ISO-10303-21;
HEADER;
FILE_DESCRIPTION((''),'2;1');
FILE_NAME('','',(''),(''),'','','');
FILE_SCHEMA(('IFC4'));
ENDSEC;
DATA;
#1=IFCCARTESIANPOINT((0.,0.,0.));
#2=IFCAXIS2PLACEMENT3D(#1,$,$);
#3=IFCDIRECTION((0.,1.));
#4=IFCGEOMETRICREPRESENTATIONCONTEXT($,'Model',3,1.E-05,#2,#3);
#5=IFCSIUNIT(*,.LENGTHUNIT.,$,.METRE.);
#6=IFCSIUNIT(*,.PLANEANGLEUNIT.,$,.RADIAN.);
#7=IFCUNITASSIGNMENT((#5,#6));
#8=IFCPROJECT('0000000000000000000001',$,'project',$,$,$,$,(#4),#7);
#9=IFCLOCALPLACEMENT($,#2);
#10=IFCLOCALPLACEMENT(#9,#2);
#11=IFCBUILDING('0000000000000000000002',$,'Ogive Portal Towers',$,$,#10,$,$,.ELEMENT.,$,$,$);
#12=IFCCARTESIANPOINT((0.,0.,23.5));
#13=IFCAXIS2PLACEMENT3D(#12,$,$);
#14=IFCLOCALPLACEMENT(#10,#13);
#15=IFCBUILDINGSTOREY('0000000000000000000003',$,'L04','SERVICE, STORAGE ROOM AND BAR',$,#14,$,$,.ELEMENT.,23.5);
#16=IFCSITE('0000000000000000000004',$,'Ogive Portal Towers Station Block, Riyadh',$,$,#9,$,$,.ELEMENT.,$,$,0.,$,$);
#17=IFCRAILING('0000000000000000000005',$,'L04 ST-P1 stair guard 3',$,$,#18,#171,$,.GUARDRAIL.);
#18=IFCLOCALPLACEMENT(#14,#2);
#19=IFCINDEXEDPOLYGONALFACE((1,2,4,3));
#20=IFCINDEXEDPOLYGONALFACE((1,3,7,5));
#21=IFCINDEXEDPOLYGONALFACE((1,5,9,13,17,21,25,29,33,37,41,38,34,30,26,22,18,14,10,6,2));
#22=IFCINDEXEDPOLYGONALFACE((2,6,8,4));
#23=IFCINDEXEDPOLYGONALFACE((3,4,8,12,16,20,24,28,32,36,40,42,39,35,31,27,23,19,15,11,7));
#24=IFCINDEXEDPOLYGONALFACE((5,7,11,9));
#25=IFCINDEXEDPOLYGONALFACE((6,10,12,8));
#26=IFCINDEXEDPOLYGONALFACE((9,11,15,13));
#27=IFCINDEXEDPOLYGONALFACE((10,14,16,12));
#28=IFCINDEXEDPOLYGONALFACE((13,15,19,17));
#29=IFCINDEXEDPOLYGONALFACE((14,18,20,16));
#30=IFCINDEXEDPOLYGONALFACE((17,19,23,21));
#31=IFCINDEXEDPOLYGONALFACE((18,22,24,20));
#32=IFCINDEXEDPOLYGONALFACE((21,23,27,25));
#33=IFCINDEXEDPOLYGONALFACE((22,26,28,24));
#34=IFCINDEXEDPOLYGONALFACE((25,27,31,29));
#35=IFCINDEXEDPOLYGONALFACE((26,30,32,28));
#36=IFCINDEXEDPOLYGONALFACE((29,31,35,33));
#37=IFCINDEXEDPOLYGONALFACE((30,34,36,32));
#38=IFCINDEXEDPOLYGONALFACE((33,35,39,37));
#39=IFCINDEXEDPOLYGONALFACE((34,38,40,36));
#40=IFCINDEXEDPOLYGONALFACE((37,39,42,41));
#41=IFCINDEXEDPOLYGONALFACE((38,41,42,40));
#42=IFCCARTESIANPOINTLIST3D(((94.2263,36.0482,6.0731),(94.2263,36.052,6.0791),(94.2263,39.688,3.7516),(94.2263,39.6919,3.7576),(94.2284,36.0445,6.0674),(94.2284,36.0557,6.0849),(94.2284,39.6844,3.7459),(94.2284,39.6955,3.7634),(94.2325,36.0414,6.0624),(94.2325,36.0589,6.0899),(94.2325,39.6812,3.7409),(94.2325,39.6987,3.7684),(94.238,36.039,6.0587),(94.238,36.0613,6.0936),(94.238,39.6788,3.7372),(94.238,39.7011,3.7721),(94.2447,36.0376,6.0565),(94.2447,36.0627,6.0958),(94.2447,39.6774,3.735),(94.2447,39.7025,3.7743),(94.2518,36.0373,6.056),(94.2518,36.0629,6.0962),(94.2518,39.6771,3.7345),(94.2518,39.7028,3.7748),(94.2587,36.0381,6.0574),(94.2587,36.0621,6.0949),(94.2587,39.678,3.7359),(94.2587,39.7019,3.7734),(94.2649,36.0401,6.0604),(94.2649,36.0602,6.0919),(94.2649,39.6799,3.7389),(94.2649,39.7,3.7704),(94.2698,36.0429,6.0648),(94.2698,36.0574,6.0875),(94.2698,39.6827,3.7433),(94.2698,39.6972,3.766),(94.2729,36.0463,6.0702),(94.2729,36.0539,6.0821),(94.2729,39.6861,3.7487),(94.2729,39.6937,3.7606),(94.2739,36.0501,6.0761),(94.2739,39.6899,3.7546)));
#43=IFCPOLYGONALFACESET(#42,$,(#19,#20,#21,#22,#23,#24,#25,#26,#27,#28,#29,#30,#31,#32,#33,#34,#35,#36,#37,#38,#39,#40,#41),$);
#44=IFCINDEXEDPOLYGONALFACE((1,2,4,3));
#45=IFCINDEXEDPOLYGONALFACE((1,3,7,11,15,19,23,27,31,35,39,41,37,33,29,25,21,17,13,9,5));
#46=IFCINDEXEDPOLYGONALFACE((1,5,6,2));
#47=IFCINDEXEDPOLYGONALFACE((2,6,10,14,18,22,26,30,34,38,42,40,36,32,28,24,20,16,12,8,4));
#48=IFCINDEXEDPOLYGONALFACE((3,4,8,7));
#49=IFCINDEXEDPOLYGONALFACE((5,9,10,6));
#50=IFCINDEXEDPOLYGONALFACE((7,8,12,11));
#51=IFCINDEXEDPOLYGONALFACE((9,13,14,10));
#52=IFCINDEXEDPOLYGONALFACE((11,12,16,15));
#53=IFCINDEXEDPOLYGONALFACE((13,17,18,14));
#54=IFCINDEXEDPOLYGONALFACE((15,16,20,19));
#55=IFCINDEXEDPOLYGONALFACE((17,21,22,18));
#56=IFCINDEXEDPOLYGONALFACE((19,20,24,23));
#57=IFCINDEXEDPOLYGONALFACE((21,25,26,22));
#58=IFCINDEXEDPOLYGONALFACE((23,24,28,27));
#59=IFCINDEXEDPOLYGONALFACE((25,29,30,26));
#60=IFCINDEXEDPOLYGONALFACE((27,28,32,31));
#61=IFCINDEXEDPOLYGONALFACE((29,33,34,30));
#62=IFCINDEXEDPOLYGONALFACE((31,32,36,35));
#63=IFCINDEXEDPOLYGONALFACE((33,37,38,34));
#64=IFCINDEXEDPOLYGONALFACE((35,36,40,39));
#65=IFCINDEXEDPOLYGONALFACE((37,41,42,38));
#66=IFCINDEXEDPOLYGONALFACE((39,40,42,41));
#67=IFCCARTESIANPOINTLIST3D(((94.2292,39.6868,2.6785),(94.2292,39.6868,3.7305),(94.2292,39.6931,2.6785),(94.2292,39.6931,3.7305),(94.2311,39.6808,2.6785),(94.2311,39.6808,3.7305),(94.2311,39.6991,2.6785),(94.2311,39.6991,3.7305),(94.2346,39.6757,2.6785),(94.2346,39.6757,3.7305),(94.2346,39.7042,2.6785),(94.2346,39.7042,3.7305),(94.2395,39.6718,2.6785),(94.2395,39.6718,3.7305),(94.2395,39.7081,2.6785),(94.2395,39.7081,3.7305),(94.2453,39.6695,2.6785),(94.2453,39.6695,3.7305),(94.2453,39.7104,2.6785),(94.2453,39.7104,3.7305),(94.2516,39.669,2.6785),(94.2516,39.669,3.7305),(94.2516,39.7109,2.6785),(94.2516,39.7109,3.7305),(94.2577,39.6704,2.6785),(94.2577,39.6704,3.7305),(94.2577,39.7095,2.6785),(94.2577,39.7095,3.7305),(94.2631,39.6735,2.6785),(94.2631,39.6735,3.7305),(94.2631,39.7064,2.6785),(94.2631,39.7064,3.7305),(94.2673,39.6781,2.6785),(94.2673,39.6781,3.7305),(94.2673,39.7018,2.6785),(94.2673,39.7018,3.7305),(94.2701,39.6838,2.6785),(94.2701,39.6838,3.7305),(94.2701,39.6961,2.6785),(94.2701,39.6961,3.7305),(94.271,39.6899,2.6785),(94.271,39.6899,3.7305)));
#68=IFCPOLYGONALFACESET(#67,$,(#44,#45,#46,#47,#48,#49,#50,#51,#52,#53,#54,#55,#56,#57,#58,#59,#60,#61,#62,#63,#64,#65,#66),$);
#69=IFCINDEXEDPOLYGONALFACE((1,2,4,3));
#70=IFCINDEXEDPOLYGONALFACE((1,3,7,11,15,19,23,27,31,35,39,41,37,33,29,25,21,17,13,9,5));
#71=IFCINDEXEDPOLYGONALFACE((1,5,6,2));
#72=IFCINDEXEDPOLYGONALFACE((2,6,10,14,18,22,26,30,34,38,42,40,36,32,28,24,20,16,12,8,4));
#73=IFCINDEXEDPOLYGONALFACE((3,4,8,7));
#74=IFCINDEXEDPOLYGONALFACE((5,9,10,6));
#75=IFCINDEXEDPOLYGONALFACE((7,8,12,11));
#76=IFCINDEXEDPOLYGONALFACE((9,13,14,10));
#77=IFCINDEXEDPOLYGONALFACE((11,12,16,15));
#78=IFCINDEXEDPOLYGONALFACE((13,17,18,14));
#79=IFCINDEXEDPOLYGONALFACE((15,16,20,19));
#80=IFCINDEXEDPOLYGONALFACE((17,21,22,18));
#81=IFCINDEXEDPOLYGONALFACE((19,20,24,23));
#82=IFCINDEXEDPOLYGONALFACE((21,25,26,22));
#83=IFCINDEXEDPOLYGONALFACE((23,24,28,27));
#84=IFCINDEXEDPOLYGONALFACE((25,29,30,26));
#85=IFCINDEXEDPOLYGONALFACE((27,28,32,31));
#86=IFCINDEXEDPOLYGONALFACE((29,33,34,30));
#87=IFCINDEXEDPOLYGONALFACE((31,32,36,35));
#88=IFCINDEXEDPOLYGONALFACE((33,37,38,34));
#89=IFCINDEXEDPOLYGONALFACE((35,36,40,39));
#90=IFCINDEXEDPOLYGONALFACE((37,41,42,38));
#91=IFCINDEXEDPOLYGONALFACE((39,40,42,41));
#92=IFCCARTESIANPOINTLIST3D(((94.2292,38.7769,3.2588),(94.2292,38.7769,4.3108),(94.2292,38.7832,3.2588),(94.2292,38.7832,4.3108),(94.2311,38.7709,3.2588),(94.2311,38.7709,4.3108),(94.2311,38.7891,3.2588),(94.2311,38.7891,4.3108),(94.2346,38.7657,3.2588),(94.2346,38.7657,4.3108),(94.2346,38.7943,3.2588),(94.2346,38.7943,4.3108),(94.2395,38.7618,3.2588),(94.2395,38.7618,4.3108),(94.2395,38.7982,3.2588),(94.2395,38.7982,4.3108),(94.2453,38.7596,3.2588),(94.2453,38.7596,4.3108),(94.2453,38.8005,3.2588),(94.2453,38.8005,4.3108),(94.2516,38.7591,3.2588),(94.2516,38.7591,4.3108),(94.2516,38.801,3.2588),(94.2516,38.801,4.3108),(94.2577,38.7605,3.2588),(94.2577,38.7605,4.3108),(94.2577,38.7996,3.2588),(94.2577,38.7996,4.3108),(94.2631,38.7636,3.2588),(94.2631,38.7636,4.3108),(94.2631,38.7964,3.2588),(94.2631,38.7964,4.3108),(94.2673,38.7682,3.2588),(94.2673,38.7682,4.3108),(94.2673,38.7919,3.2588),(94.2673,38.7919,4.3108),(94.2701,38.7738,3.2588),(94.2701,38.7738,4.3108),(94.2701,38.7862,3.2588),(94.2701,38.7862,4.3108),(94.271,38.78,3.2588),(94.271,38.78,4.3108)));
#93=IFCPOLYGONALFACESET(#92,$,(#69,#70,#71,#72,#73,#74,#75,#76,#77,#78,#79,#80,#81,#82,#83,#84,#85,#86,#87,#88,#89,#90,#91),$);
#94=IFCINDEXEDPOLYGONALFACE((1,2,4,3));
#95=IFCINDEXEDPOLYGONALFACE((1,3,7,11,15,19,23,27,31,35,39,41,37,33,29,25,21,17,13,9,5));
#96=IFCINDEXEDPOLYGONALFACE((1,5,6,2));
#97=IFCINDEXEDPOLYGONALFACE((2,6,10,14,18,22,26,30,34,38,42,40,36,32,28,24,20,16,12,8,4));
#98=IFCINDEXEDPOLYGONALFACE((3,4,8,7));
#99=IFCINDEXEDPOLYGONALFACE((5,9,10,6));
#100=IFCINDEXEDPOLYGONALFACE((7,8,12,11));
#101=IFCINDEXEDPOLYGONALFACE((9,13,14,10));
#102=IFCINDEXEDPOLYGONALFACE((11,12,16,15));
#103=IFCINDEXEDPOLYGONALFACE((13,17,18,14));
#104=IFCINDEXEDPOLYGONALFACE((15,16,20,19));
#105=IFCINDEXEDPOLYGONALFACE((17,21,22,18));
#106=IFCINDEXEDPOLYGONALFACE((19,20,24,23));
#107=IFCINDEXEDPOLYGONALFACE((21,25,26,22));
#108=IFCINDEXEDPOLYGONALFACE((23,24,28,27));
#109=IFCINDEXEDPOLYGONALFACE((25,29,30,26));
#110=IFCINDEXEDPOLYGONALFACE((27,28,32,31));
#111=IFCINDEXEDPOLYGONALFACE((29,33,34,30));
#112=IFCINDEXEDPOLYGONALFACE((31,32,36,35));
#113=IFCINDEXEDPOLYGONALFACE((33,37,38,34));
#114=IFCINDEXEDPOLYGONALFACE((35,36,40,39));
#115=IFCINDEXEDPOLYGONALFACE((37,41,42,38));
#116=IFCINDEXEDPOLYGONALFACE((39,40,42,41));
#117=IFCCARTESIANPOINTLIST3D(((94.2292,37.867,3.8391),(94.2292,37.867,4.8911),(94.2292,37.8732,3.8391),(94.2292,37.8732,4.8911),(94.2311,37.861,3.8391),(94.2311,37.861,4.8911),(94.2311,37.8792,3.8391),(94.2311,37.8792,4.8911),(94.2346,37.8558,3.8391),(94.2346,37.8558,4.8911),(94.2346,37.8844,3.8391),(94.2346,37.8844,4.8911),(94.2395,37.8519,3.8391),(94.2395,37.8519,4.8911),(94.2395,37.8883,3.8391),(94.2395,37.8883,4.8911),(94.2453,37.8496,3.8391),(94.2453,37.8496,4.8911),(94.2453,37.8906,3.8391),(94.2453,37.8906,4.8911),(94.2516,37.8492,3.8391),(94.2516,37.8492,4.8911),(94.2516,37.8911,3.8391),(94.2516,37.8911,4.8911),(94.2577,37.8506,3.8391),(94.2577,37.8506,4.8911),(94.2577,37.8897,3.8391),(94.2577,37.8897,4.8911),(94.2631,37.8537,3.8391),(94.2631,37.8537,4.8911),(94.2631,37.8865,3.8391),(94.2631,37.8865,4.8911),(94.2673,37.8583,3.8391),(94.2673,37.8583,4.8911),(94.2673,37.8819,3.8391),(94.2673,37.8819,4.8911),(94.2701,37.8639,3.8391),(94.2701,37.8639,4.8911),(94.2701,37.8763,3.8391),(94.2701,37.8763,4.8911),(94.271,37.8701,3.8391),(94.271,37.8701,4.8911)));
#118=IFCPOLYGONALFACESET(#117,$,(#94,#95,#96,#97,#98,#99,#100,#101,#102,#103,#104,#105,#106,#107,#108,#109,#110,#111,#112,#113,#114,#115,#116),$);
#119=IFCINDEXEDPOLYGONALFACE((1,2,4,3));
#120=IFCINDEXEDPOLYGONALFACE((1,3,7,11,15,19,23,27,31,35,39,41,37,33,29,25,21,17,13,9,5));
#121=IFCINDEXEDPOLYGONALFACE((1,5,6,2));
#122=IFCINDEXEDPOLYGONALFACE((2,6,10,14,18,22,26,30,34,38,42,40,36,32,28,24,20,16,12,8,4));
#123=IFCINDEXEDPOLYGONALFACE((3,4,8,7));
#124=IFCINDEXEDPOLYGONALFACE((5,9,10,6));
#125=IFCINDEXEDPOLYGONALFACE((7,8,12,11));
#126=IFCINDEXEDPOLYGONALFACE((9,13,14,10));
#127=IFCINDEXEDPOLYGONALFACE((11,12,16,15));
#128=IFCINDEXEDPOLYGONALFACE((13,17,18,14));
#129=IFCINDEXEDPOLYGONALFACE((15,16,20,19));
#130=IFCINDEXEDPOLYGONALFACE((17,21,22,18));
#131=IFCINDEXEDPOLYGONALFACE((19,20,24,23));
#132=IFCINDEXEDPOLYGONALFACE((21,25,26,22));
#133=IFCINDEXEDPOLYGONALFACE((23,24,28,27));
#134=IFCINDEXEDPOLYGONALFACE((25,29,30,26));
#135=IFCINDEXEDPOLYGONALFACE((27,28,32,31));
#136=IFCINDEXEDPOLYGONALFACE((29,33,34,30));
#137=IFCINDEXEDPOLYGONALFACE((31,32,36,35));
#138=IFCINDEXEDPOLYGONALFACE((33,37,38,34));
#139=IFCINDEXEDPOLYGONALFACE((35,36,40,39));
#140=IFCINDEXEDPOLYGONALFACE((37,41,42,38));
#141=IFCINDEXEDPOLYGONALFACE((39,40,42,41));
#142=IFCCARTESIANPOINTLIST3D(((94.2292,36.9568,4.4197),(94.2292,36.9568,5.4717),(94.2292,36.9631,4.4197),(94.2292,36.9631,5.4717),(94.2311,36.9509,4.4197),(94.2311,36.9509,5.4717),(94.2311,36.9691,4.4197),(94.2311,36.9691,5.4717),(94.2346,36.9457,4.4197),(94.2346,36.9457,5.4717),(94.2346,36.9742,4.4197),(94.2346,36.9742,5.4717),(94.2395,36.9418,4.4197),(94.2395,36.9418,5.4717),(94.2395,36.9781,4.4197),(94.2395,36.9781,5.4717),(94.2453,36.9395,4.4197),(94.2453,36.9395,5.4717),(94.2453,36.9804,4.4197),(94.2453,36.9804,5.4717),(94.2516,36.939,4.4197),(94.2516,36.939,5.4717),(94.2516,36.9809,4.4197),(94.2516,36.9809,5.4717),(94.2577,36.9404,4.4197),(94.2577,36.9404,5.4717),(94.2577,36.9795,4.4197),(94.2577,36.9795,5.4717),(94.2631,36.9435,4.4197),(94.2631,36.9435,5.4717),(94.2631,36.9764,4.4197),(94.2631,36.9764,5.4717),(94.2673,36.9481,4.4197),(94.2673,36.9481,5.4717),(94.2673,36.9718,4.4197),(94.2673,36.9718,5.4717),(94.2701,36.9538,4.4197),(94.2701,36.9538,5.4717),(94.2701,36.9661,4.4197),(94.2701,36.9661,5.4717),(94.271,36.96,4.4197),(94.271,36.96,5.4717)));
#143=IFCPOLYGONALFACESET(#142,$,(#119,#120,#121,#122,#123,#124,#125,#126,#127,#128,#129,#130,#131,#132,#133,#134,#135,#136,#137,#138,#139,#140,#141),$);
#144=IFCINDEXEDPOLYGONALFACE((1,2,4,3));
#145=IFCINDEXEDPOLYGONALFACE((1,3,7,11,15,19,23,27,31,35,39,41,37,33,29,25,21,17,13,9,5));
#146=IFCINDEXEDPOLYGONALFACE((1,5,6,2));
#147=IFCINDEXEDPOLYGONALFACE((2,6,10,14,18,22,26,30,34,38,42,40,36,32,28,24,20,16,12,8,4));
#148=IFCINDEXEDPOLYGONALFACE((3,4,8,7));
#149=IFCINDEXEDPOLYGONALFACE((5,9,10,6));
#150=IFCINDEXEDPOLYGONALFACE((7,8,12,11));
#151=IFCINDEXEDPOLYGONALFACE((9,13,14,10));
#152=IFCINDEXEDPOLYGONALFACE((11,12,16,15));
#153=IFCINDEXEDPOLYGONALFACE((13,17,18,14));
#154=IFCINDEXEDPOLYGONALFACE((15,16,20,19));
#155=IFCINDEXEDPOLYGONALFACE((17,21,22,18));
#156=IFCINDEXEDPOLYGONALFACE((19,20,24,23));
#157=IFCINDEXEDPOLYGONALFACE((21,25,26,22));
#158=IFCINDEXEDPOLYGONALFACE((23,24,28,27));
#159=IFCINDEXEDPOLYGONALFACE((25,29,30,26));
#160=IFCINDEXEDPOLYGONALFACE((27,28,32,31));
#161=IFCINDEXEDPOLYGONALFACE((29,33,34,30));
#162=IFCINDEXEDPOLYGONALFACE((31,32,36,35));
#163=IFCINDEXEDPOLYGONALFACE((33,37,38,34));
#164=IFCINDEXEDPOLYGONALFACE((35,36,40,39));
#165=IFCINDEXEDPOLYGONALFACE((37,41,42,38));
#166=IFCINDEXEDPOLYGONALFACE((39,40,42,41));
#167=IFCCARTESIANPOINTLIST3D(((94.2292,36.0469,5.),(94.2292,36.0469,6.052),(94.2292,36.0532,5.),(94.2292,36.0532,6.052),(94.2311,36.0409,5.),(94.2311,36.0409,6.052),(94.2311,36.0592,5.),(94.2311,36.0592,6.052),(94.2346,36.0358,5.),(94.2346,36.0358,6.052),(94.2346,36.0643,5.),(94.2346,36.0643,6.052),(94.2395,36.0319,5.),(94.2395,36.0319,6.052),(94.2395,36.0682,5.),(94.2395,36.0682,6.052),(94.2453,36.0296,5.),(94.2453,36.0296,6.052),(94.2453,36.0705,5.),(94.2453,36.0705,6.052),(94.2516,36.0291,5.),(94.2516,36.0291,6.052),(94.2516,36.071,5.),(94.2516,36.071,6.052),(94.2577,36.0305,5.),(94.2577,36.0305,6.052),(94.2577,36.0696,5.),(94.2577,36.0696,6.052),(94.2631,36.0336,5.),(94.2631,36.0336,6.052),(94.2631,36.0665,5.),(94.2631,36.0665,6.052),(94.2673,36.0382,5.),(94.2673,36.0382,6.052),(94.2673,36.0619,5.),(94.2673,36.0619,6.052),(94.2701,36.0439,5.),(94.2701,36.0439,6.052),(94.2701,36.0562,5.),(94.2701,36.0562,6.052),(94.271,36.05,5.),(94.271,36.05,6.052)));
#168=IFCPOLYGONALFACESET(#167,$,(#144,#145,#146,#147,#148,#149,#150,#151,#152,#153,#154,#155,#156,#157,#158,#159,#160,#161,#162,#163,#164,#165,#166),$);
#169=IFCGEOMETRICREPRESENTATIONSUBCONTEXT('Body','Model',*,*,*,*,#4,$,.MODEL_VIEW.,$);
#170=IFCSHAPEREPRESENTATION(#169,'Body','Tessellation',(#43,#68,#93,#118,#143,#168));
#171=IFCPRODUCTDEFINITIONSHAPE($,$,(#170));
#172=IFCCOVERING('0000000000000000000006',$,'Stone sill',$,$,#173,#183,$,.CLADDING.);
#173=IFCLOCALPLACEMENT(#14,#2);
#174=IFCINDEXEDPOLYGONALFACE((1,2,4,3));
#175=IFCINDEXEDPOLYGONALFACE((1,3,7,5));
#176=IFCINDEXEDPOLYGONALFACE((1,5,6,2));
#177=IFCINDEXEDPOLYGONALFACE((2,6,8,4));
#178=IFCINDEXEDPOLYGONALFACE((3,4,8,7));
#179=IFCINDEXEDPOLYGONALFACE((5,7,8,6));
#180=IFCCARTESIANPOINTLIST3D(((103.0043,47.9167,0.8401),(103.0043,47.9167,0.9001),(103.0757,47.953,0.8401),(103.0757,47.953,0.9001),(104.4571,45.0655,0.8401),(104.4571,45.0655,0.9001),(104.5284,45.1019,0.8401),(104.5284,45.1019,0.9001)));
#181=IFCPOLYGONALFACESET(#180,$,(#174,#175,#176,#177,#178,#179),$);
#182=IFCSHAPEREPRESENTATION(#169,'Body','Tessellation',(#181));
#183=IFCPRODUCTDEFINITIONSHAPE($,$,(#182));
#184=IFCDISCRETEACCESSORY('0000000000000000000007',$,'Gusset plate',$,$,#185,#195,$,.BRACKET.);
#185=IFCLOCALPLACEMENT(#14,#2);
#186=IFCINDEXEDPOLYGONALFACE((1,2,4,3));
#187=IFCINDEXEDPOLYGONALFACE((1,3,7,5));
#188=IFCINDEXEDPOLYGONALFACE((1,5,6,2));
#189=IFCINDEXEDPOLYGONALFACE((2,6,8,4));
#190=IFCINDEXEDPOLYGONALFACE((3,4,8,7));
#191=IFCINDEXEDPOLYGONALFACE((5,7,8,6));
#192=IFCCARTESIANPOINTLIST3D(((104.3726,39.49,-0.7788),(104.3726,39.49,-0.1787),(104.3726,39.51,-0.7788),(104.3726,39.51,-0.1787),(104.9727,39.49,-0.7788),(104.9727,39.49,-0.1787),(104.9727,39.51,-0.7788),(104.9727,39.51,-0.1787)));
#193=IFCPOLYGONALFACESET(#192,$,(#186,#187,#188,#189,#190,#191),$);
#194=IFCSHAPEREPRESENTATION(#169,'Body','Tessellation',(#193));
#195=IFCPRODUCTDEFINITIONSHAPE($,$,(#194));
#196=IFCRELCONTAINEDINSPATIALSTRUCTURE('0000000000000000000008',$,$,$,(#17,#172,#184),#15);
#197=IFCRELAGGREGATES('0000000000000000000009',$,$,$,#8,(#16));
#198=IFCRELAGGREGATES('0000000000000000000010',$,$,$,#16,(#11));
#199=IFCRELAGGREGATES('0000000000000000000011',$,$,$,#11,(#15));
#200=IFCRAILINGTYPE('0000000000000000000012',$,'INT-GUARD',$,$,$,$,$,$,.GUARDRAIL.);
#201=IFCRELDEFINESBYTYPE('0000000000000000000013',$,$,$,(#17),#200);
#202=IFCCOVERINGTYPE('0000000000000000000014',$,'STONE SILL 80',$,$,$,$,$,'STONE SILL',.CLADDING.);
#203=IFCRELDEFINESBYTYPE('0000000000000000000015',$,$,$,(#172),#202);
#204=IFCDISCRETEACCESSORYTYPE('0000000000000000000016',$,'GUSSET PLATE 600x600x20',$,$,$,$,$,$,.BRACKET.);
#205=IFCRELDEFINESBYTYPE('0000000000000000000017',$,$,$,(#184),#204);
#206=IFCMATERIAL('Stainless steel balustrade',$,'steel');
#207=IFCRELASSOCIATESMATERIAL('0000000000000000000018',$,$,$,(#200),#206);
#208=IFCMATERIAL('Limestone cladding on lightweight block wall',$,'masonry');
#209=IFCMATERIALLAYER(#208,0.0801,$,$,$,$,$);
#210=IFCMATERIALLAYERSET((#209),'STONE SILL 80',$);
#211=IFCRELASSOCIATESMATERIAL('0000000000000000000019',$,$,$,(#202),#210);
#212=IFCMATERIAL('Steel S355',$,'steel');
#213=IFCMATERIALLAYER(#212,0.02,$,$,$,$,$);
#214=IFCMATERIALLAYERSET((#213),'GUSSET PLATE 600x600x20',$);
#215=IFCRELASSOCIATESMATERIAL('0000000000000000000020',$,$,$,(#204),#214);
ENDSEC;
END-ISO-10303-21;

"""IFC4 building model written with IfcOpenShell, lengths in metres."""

from ifc_helpers import new_model, si_unit, direction, frame, origin, origin_2d, place, context, subcontext, project, spatial, rectangle, circle, extrude, material, layer, layer_set, type_object, element, save


model = new_model("IFC4")

# Units and contexts
model_context = context("Model", 3, precision=1e-05, world=origin(), true_north=direction((0.0, 1.0)))
body_context = subcontext(model_context, "Body", "Model", "MODEL_VIEW")
ifc_project = project(units=[si_unit("LENGTHUNIT", "METRE"), si_unit("PLANEANGLEUNIT", "RADIAN")], contexts=[model_context])

# Site, building, storey
site_placement = place(None, origin())
site = spatial("IfcSite", under=ifc_project, at=site_placement, Name="Ogive Portal Towers Station Block, Riyadh", CompositionType="ELEMENT", RefElevation=0.0)
building_placement = place(site_placement, origin())
building = spatial("IfcBuilding", under=site, at=building_placement, Name="Ogive Portal Towers", CompositionType="ELEMENT")
storey_placement = place(building_placement, frame((0.0, 0.0, 23.5)))
storey = spatial("IfcBuildingStorey", under=building, at=storey_placement, Name="L04", Description="SERVICE, STORAGE ROOM AND BAR", CompositionType="ELEMENT", Elevation=23.5)

# Shared definitions
ifc_material_1 = material(Name="Steel S355", Category="steel")

# Shared definitions
ifc_material_2 = material(Name="Limestone cladding on lightweight block wall", Category="masonry")

# Railing
ifc_material_3 = material(Name="Stainless steel balustrade", Category="steel")
railing_type = type_object("IfcRailingType", Name="INT-GUARD", PredefinedType="GUARDRAIL", material=ifc_material_3)
railing_1_placement = place(storey_placement, frame((94.25, 39.6899, 2.6785)))
element("IfcRailing", 1, at=railing_1_placement, inside=storey, type_object=railing_type, Name="L04 ST-P1 stair guard 3", PredefinedType="GUARDRAIL", context=body_context, shape_type="SweptSolid", body=[
    extrude(circle(Radius=0.0239, at=origin_2d()), frame((0.0, 0.0, 1.0762), z_axis=(0.0, -0.843112, 0.537739), x_axis=(1.0, 0.0, 0.0)), (0.0, 0.0, 1.0), 4.3171),
    extrude(circle(Radius=0.021, at=origin_2d()), origin(), (0.0, 0.0, 1.0), 1.052),
    extrude(circle(Radius=0.021, at=origin_2d()), frame((0.0, -0.9099, 0.5803)), (0.0, 0.0, 1.0), 1.052),
    extrude(circle(Radius=0.021, at=origin_2d()), frame((0.0, -1.8198, 1.1606)), (0.0, 0.0, 1.0), 1.052),
    extrude(circle(Radius=0.021, at=origin_2d()), frame((0.0, -2.73, 1.7412)), (0.0, 0.0, 1.0), 1.052),
    extrude(circle(Radius=0.021, at=origin_2d()), frame((0.0, -3.6399, 2.3215)), (0.0, 0.0, 1.0), 1.052),
])

# Covering
ifc_layer_1 = layer(ifc_material_2, 0.0801)
ifc_layer_set_1 = layer_set([ifc_layer_1], Name="STONE SILL 80")
covering_type = type_object("IfcCoveringType", Name="STONE SILL 80", ElementType="STONE SILL", PredefinedType="CLADDING", material=ifc_layer_set_1)
covering_placement = place(storey_placement, frame((103.7664, 46.5093, 0.8401), z_axis=(0.0, 0.0, 1.0), x_axis=(-0.45399, 0.891007, 0.0)))
element("IfcCovering", 2, at=covering_placement, inside=storey, type_object=covering_type, Name="Stone sill", PredefinedType="CLADDING", context=body_context, shape_type="SweptSolid", body=[
    extrude(rectangle(XDim=3.2, YDim=0.0801, at=origin_2d()), origin(), (0.0, 0.0, 1.0), 0.0601),
])

# Discrete accessory
ifc_layer_2 = layer(ifc_material_1, 0.02)
ifc_layer_set_2 = layer_set([ifc_layer_2], Name="GUSSET PLATE 600x600x20")
discrete_accessory_type = type_object("IfcDiscreteAccessoryType", Name="GUSSET PLATE 600x600x20", PredefinedType="BRACKET", material=ifc_layer_set_2)
discrete_accessory_placement = place(storey_placement, frame((104.6726, 39.5, -0.7788), z_axis=(0.0, 0.0, 1.0), x_axis=(1.0, 0.0, 0.0)))
element("IfcDiscreteAccessory", 3, at=discrete_accessory_placement, inside=storey, type_object=discrete_accessory_type, Name="Gusset plate", PredefinedType="BRACKET", context=body_context, shape_type="SweptSolid", body=[
    extrude(rectangle(XDim=0.6001, YDim=0.02, at=origin_2d()), origin(), (0.0, 0.0, 1.0), 0.6001),
])

save(model, "model.ifc")
